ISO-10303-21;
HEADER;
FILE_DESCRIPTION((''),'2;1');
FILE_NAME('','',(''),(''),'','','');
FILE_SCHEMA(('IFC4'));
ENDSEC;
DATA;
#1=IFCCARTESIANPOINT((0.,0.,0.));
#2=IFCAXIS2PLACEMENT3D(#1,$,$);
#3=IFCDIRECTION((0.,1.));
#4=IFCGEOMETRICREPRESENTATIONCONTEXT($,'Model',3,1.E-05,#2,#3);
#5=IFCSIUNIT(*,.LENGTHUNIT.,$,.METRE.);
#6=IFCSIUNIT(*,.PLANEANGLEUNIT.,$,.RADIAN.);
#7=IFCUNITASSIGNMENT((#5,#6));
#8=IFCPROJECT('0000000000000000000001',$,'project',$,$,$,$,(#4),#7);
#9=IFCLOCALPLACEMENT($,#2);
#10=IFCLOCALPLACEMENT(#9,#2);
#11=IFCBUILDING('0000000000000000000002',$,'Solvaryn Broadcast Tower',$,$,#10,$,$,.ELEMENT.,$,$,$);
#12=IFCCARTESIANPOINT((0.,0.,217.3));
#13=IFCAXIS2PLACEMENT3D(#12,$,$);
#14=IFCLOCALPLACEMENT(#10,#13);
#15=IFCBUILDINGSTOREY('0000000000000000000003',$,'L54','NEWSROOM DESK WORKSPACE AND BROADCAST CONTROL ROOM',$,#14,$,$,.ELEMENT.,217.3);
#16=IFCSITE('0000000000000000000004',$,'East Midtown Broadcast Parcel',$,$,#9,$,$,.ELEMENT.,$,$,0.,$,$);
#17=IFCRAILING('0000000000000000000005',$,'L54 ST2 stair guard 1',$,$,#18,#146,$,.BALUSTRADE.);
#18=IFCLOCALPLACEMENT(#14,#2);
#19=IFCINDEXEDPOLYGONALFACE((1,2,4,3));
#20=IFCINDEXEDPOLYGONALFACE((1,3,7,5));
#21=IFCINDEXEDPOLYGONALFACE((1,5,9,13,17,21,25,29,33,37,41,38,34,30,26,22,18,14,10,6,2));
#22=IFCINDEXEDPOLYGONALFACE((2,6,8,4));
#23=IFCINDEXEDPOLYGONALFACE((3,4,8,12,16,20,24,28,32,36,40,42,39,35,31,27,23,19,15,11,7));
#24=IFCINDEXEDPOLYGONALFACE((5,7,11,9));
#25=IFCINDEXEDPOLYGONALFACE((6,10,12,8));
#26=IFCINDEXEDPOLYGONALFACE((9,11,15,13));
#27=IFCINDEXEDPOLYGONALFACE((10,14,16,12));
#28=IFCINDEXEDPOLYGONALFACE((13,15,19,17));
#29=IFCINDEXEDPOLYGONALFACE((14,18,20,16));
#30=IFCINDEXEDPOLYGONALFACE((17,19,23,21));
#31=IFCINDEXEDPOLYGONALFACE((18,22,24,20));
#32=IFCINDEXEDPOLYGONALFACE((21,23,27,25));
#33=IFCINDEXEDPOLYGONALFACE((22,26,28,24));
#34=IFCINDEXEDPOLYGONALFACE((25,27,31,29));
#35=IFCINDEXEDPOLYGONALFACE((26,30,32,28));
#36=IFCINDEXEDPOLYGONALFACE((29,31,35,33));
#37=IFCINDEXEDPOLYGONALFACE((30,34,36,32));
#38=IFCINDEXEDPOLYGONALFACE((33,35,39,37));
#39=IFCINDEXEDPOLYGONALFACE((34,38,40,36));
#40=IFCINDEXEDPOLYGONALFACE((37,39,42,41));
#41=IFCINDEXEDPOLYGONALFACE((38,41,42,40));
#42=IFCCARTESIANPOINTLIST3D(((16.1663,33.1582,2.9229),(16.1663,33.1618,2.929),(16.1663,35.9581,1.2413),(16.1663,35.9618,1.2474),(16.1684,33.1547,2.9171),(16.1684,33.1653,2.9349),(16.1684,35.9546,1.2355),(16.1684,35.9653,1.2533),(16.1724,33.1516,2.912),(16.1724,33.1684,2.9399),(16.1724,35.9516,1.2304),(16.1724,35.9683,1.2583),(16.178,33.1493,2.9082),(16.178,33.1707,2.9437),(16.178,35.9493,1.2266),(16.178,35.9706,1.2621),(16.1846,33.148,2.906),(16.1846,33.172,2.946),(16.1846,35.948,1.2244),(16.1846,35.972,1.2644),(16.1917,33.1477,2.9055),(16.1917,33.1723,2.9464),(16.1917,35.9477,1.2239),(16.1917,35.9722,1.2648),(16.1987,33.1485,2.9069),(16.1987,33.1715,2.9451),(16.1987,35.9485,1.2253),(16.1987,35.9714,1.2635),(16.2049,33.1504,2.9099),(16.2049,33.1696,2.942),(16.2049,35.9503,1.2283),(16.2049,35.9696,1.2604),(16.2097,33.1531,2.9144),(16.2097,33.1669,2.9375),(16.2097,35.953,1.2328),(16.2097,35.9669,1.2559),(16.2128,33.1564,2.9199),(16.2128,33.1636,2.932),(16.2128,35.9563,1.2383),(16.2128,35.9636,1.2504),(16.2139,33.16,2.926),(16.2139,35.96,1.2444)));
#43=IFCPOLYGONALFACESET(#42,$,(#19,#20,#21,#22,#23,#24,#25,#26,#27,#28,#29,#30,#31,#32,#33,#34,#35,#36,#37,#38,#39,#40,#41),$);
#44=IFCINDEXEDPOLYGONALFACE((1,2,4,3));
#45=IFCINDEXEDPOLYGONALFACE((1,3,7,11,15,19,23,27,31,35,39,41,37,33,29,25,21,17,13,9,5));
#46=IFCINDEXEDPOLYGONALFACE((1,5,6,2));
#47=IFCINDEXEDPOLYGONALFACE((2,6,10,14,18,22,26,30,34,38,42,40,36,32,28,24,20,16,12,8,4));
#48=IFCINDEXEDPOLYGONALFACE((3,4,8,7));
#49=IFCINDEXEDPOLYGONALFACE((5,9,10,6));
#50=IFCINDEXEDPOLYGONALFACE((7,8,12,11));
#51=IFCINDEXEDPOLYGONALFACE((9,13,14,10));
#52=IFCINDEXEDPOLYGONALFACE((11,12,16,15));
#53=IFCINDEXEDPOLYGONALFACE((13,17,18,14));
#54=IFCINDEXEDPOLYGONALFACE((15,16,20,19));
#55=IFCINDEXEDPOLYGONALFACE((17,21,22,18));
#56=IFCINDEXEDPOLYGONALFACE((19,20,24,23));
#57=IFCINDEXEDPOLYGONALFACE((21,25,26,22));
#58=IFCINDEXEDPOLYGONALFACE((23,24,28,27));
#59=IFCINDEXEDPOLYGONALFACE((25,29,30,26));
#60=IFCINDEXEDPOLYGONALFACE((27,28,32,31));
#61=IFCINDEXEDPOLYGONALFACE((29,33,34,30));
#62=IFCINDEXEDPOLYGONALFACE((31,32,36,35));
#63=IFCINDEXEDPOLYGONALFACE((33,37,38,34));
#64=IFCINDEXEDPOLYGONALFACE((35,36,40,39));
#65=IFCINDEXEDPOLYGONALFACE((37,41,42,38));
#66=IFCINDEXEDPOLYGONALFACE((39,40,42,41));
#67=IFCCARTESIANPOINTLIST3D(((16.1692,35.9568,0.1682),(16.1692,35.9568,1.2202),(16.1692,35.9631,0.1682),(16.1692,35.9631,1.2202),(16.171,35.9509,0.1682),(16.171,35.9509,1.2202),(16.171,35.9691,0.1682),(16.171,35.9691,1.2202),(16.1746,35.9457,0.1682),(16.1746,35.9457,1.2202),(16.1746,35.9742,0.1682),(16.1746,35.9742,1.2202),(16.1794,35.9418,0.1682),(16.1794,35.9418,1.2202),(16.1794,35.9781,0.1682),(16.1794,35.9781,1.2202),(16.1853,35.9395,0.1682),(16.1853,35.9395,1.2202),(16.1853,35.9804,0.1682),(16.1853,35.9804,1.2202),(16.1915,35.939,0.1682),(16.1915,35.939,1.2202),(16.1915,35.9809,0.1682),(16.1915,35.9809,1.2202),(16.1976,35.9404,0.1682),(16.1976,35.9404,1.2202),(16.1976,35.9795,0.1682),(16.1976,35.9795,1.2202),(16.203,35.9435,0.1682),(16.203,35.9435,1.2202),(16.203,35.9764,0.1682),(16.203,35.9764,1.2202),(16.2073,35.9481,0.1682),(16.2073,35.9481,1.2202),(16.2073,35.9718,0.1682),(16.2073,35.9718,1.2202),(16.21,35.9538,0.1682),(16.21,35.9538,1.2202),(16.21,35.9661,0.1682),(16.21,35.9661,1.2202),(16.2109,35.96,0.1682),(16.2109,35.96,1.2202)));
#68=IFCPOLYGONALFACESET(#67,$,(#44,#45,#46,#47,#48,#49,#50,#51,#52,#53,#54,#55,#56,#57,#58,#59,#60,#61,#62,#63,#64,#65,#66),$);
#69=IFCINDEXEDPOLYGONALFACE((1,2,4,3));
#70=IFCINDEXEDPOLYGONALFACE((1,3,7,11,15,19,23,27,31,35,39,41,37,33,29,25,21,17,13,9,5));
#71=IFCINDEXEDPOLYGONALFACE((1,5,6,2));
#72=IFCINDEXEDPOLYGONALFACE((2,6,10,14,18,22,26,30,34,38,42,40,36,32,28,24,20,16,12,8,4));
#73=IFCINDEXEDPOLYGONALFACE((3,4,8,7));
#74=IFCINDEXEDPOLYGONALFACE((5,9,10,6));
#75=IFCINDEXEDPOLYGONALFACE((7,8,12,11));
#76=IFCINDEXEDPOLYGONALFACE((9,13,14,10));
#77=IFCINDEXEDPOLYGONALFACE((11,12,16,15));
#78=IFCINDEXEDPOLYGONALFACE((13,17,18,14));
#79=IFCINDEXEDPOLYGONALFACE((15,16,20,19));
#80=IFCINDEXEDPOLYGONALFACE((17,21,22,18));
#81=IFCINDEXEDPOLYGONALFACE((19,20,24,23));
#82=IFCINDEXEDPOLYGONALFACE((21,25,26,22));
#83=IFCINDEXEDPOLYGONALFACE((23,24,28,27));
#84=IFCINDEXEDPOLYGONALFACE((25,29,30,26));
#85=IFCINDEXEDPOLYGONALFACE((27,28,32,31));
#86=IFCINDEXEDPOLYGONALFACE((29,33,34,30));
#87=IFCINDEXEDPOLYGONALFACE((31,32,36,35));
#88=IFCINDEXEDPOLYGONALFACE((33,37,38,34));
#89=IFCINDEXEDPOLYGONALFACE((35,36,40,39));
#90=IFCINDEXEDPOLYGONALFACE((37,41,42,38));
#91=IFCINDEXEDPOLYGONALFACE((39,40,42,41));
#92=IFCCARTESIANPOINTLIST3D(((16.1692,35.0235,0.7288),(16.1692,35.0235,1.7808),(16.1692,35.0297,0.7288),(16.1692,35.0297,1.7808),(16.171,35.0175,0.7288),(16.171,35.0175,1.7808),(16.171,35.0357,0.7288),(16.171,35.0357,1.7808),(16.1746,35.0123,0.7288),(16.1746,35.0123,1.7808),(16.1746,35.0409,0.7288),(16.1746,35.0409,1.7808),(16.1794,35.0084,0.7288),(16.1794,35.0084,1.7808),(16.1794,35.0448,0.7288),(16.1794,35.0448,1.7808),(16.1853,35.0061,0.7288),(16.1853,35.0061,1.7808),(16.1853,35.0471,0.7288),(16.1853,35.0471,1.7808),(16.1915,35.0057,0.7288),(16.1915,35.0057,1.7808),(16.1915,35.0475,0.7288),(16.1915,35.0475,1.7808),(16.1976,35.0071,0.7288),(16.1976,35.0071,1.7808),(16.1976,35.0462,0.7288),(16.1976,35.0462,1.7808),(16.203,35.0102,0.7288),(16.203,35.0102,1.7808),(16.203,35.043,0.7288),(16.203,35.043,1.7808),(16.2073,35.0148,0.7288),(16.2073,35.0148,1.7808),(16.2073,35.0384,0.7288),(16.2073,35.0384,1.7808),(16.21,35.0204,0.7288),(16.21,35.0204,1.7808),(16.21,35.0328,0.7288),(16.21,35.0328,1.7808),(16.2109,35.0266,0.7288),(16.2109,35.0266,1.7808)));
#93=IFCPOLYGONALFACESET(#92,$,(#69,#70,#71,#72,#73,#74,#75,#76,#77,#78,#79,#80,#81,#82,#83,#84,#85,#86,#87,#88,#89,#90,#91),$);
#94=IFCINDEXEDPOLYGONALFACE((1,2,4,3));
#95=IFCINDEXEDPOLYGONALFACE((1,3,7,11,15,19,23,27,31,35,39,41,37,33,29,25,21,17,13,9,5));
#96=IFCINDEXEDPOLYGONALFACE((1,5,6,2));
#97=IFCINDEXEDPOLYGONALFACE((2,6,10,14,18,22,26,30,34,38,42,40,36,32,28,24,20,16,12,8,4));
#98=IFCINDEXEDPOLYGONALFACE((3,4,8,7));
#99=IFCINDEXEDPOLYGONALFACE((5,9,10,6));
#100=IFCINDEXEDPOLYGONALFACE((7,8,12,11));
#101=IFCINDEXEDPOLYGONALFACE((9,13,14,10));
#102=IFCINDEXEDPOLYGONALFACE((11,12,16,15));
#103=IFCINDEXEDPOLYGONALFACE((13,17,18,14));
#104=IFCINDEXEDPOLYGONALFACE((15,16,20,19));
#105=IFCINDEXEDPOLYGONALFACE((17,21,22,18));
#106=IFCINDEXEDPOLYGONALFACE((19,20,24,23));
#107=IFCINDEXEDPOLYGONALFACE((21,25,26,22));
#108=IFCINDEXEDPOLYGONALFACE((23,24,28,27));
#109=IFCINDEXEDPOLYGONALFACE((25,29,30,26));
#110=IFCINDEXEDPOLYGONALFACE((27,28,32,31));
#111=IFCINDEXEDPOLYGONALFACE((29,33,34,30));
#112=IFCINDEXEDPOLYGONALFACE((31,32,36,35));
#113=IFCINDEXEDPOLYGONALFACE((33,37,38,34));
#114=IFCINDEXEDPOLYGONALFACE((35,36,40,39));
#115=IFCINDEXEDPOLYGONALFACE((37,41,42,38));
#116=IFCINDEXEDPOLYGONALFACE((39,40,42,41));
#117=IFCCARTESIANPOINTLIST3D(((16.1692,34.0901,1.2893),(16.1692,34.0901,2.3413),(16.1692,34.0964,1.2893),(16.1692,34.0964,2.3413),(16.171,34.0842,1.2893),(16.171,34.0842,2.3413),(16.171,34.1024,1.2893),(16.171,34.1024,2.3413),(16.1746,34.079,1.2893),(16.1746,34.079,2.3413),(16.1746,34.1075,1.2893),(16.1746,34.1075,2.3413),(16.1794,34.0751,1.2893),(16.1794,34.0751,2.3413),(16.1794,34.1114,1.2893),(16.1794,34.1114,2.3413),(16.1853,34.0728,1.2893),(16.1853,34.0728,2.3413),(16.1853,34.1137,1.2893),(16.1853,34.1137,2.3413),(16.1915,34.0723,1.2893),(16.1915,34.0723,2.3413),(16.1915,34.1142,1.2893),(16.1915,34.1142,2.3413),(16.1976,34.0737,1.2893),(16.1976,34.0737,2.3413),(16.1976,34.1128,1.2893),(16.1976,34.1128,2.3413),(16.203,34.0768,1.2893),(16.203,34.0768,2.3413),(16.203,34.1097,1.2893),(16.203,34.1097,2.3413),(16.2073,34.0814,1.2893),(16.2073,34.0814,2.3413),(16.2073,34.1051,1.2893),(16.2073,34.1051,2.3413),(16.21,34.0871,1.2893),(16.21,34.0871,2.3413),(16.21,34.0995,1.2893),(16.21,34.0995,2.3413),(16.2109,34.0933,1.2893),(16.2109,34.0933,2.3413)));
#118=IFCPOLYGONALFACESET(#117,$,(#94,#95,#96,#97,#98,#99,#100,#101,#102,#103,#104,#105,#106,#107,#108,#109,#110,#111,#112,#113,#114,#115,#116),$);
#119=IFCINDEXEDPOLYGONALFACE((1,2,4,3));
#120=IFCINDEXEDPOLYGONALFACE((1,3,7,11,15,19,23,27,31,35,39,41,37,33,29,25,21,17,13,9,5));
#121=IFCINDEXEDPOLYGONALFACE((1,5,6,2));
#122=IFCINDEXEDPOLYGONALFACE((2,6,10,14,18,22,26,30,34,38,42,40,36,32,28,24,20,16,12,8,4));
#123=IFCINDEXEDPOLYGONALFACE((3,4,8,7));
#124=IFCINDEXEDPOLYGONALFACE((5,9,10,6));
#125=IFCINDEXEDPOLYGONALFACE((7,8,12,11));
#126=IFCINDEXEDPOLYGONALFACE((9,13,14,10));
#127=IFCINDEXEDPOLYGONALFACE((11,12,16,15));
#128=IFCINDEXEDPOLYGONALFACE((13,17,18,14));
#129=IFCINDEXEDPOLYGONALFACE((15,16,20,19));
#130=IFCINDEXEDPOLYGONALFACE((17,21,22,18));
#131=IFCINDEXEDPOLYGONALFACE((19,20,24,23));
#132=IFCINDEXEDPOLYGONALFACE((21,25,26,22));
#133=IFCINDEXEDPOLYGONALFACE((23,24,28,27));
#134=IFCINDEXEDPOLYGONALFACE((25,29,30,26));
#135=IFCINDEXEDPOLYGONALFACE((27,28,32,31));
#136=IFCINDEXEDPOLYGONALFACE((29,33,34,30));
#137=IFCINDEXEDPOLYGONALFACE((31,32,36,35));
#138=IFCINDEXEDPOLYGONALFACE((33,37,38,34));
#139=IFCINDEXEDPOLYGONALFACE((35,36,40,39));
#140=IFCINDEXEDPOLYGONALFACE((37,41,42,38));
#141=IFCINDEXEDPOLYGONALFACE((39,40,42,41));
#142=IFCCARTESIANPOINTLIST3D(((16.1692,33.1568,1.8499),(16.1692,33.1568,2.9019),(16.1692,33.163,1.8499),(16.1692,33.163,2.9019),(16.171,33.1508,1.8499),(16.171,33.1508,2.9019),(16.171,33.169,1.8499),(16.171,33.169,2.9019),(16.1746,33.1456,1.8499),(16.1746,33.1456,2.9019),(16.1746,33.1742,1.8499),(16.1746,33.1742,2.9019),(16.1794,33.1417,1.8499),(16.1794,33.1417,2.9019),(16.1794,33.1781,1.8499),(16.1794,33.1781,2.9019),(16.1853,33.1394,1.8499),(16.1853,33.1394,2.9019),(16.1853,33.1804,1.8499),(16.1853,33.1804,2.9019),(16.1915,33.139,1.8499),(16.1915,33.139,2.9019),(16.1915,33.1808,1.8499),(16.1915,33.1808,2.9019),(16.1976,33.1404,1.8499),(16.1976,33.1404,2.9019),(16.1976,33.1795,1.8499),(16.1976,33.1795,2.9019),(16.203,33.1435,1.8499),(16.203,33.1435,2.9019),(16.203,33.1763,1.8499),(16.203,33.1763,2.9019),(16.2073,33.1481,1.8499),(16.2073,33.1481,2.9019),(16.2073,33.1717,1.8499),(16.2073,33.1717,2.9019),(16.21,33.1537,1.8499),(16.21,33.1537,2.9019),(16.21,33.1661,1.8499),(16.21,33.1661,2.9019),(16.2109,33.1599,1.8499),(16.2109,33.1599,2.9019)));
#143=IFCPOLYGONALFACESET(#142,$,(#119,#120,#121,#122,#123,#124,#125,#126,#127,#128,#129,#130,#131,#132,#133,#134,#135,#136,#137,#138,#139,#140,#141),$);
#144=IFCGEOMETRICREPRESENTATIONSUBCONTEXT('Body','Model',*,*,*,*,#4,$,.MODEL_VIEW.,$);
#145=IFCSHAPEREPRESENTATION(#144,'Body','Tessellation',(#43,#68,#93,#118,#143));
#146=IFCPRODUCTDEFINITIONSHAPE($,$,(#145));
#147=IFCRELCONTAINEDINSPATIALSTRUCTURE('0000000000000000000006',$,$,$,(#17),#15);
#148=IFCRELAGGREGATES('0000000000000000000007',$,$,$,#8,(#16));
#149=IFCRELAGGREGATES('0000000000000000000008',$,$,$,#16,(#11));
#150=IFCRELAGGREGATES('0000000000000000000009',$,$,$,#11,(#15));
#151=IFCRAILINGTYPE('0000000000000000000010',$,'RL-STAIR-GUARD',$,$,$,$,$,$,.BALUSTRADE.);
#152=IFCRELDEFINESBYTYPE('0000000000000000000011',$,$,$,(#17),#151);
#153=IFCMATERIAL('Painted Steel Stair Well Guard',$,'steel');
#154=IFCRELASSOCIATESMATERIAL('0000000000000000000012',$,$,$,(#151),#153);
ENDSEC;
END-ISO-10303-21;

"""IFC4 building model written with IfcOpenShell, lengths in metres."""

from ifc_helpers import new_model, si_unit, direction, frame, origin, origin_2d, place, context, subcontext, project, spatial, circle, extrude, material, type_object, element, save


model = new_model("IFC4")

# Units and contexts
model_context = context("Model", 3, precision=1e-05, world=origin(), true_north=direction((0.0, 1.0)))
body_context = subcontext(model_context, "Body", "Model", "MODEL_VIEW")
ifc_project = project(units=[si_unit("LENGTHUNIT", "METRE"), si_unit("PLANEANGLEUNIT", "RADIAN")], contexts=[model_context])

# Site, building, storey
site_placement = place(None, origin())
site = spatial("IfcSite", under=ifc_project, at=site_placement, Name="East Midtown Broadcast Parcel", CompositionType="ELEMENT", RefElevation=0.0)
building_placement = place(site_placement, origin())
building = spatial("IfcBuilding", under=site, at=building_placement, Name="Solvaryn Broadcast Tower", CompositionType="ELEMENT")
storey_placement = place(building_placement, frame((0.0, 0.0, 217.3)))
storey = spatial("IfcBuildingStorey", under=building, at=storey_placement, Name="L54", Description="NEWSROOM DESK WORKSPACE AND BROADCAST CONTROL ROOM", CompositionType="ELEMENT", Elevation=217.3)

# Railing
ifc_material_1 = material(Name="Painted Steel Stair Well Guard", Category="steel")
railing_type_1 = type_object("IfcRailingType", Name="RL-STAIR-GUARD", PredefinedType="BALUSTRADE", material=ifc_material_1)
railing_1_placement = place(storey_placement, frame((16.1899, 35.96, 0.1682)))
element("IfcRailing", 1, at=railing_1_placement, inside=storey, type_object=railing_type_1, Name="L54 ST2 stair guard 1", PredefinedType="BALUSTRADE", context=body_context, shape_type="SweptSolid", body=[
    extrude(circle(Radius=0.0239, at=origin_2d()), frame((0.0, 0.0, 1.0762), z_axis=(0.0, -0.857275, 0.514858), x_axis=(1.0, 0.0, 0.0)), (0.0, 0.0, 1.0), 3.2661),
    extrude(circle(Radius=0.021, at=origin_2d()), origin(), (0.0, 0.0, 1.0), 1.052),
    extrude(circle(Radius=0.021, at=origin_2d()), frame((0.0, -0.9333, 0.5605)), (0.0, 0.0, 1.0), 1.052),
    extrude(circle(Radius=0.021, at=origin_2d()), frame((0.0, -1.8667, 1.1211)), (0.0, 0.0, 1.0), 1.052),
    extrude(circle(Radius=0.021, at=origin_2d()), frame((0.0, -2.8, 1.6816)), (0.0, 0.0, 1.0), 1.052),
])

save(model, "model.ifc")
